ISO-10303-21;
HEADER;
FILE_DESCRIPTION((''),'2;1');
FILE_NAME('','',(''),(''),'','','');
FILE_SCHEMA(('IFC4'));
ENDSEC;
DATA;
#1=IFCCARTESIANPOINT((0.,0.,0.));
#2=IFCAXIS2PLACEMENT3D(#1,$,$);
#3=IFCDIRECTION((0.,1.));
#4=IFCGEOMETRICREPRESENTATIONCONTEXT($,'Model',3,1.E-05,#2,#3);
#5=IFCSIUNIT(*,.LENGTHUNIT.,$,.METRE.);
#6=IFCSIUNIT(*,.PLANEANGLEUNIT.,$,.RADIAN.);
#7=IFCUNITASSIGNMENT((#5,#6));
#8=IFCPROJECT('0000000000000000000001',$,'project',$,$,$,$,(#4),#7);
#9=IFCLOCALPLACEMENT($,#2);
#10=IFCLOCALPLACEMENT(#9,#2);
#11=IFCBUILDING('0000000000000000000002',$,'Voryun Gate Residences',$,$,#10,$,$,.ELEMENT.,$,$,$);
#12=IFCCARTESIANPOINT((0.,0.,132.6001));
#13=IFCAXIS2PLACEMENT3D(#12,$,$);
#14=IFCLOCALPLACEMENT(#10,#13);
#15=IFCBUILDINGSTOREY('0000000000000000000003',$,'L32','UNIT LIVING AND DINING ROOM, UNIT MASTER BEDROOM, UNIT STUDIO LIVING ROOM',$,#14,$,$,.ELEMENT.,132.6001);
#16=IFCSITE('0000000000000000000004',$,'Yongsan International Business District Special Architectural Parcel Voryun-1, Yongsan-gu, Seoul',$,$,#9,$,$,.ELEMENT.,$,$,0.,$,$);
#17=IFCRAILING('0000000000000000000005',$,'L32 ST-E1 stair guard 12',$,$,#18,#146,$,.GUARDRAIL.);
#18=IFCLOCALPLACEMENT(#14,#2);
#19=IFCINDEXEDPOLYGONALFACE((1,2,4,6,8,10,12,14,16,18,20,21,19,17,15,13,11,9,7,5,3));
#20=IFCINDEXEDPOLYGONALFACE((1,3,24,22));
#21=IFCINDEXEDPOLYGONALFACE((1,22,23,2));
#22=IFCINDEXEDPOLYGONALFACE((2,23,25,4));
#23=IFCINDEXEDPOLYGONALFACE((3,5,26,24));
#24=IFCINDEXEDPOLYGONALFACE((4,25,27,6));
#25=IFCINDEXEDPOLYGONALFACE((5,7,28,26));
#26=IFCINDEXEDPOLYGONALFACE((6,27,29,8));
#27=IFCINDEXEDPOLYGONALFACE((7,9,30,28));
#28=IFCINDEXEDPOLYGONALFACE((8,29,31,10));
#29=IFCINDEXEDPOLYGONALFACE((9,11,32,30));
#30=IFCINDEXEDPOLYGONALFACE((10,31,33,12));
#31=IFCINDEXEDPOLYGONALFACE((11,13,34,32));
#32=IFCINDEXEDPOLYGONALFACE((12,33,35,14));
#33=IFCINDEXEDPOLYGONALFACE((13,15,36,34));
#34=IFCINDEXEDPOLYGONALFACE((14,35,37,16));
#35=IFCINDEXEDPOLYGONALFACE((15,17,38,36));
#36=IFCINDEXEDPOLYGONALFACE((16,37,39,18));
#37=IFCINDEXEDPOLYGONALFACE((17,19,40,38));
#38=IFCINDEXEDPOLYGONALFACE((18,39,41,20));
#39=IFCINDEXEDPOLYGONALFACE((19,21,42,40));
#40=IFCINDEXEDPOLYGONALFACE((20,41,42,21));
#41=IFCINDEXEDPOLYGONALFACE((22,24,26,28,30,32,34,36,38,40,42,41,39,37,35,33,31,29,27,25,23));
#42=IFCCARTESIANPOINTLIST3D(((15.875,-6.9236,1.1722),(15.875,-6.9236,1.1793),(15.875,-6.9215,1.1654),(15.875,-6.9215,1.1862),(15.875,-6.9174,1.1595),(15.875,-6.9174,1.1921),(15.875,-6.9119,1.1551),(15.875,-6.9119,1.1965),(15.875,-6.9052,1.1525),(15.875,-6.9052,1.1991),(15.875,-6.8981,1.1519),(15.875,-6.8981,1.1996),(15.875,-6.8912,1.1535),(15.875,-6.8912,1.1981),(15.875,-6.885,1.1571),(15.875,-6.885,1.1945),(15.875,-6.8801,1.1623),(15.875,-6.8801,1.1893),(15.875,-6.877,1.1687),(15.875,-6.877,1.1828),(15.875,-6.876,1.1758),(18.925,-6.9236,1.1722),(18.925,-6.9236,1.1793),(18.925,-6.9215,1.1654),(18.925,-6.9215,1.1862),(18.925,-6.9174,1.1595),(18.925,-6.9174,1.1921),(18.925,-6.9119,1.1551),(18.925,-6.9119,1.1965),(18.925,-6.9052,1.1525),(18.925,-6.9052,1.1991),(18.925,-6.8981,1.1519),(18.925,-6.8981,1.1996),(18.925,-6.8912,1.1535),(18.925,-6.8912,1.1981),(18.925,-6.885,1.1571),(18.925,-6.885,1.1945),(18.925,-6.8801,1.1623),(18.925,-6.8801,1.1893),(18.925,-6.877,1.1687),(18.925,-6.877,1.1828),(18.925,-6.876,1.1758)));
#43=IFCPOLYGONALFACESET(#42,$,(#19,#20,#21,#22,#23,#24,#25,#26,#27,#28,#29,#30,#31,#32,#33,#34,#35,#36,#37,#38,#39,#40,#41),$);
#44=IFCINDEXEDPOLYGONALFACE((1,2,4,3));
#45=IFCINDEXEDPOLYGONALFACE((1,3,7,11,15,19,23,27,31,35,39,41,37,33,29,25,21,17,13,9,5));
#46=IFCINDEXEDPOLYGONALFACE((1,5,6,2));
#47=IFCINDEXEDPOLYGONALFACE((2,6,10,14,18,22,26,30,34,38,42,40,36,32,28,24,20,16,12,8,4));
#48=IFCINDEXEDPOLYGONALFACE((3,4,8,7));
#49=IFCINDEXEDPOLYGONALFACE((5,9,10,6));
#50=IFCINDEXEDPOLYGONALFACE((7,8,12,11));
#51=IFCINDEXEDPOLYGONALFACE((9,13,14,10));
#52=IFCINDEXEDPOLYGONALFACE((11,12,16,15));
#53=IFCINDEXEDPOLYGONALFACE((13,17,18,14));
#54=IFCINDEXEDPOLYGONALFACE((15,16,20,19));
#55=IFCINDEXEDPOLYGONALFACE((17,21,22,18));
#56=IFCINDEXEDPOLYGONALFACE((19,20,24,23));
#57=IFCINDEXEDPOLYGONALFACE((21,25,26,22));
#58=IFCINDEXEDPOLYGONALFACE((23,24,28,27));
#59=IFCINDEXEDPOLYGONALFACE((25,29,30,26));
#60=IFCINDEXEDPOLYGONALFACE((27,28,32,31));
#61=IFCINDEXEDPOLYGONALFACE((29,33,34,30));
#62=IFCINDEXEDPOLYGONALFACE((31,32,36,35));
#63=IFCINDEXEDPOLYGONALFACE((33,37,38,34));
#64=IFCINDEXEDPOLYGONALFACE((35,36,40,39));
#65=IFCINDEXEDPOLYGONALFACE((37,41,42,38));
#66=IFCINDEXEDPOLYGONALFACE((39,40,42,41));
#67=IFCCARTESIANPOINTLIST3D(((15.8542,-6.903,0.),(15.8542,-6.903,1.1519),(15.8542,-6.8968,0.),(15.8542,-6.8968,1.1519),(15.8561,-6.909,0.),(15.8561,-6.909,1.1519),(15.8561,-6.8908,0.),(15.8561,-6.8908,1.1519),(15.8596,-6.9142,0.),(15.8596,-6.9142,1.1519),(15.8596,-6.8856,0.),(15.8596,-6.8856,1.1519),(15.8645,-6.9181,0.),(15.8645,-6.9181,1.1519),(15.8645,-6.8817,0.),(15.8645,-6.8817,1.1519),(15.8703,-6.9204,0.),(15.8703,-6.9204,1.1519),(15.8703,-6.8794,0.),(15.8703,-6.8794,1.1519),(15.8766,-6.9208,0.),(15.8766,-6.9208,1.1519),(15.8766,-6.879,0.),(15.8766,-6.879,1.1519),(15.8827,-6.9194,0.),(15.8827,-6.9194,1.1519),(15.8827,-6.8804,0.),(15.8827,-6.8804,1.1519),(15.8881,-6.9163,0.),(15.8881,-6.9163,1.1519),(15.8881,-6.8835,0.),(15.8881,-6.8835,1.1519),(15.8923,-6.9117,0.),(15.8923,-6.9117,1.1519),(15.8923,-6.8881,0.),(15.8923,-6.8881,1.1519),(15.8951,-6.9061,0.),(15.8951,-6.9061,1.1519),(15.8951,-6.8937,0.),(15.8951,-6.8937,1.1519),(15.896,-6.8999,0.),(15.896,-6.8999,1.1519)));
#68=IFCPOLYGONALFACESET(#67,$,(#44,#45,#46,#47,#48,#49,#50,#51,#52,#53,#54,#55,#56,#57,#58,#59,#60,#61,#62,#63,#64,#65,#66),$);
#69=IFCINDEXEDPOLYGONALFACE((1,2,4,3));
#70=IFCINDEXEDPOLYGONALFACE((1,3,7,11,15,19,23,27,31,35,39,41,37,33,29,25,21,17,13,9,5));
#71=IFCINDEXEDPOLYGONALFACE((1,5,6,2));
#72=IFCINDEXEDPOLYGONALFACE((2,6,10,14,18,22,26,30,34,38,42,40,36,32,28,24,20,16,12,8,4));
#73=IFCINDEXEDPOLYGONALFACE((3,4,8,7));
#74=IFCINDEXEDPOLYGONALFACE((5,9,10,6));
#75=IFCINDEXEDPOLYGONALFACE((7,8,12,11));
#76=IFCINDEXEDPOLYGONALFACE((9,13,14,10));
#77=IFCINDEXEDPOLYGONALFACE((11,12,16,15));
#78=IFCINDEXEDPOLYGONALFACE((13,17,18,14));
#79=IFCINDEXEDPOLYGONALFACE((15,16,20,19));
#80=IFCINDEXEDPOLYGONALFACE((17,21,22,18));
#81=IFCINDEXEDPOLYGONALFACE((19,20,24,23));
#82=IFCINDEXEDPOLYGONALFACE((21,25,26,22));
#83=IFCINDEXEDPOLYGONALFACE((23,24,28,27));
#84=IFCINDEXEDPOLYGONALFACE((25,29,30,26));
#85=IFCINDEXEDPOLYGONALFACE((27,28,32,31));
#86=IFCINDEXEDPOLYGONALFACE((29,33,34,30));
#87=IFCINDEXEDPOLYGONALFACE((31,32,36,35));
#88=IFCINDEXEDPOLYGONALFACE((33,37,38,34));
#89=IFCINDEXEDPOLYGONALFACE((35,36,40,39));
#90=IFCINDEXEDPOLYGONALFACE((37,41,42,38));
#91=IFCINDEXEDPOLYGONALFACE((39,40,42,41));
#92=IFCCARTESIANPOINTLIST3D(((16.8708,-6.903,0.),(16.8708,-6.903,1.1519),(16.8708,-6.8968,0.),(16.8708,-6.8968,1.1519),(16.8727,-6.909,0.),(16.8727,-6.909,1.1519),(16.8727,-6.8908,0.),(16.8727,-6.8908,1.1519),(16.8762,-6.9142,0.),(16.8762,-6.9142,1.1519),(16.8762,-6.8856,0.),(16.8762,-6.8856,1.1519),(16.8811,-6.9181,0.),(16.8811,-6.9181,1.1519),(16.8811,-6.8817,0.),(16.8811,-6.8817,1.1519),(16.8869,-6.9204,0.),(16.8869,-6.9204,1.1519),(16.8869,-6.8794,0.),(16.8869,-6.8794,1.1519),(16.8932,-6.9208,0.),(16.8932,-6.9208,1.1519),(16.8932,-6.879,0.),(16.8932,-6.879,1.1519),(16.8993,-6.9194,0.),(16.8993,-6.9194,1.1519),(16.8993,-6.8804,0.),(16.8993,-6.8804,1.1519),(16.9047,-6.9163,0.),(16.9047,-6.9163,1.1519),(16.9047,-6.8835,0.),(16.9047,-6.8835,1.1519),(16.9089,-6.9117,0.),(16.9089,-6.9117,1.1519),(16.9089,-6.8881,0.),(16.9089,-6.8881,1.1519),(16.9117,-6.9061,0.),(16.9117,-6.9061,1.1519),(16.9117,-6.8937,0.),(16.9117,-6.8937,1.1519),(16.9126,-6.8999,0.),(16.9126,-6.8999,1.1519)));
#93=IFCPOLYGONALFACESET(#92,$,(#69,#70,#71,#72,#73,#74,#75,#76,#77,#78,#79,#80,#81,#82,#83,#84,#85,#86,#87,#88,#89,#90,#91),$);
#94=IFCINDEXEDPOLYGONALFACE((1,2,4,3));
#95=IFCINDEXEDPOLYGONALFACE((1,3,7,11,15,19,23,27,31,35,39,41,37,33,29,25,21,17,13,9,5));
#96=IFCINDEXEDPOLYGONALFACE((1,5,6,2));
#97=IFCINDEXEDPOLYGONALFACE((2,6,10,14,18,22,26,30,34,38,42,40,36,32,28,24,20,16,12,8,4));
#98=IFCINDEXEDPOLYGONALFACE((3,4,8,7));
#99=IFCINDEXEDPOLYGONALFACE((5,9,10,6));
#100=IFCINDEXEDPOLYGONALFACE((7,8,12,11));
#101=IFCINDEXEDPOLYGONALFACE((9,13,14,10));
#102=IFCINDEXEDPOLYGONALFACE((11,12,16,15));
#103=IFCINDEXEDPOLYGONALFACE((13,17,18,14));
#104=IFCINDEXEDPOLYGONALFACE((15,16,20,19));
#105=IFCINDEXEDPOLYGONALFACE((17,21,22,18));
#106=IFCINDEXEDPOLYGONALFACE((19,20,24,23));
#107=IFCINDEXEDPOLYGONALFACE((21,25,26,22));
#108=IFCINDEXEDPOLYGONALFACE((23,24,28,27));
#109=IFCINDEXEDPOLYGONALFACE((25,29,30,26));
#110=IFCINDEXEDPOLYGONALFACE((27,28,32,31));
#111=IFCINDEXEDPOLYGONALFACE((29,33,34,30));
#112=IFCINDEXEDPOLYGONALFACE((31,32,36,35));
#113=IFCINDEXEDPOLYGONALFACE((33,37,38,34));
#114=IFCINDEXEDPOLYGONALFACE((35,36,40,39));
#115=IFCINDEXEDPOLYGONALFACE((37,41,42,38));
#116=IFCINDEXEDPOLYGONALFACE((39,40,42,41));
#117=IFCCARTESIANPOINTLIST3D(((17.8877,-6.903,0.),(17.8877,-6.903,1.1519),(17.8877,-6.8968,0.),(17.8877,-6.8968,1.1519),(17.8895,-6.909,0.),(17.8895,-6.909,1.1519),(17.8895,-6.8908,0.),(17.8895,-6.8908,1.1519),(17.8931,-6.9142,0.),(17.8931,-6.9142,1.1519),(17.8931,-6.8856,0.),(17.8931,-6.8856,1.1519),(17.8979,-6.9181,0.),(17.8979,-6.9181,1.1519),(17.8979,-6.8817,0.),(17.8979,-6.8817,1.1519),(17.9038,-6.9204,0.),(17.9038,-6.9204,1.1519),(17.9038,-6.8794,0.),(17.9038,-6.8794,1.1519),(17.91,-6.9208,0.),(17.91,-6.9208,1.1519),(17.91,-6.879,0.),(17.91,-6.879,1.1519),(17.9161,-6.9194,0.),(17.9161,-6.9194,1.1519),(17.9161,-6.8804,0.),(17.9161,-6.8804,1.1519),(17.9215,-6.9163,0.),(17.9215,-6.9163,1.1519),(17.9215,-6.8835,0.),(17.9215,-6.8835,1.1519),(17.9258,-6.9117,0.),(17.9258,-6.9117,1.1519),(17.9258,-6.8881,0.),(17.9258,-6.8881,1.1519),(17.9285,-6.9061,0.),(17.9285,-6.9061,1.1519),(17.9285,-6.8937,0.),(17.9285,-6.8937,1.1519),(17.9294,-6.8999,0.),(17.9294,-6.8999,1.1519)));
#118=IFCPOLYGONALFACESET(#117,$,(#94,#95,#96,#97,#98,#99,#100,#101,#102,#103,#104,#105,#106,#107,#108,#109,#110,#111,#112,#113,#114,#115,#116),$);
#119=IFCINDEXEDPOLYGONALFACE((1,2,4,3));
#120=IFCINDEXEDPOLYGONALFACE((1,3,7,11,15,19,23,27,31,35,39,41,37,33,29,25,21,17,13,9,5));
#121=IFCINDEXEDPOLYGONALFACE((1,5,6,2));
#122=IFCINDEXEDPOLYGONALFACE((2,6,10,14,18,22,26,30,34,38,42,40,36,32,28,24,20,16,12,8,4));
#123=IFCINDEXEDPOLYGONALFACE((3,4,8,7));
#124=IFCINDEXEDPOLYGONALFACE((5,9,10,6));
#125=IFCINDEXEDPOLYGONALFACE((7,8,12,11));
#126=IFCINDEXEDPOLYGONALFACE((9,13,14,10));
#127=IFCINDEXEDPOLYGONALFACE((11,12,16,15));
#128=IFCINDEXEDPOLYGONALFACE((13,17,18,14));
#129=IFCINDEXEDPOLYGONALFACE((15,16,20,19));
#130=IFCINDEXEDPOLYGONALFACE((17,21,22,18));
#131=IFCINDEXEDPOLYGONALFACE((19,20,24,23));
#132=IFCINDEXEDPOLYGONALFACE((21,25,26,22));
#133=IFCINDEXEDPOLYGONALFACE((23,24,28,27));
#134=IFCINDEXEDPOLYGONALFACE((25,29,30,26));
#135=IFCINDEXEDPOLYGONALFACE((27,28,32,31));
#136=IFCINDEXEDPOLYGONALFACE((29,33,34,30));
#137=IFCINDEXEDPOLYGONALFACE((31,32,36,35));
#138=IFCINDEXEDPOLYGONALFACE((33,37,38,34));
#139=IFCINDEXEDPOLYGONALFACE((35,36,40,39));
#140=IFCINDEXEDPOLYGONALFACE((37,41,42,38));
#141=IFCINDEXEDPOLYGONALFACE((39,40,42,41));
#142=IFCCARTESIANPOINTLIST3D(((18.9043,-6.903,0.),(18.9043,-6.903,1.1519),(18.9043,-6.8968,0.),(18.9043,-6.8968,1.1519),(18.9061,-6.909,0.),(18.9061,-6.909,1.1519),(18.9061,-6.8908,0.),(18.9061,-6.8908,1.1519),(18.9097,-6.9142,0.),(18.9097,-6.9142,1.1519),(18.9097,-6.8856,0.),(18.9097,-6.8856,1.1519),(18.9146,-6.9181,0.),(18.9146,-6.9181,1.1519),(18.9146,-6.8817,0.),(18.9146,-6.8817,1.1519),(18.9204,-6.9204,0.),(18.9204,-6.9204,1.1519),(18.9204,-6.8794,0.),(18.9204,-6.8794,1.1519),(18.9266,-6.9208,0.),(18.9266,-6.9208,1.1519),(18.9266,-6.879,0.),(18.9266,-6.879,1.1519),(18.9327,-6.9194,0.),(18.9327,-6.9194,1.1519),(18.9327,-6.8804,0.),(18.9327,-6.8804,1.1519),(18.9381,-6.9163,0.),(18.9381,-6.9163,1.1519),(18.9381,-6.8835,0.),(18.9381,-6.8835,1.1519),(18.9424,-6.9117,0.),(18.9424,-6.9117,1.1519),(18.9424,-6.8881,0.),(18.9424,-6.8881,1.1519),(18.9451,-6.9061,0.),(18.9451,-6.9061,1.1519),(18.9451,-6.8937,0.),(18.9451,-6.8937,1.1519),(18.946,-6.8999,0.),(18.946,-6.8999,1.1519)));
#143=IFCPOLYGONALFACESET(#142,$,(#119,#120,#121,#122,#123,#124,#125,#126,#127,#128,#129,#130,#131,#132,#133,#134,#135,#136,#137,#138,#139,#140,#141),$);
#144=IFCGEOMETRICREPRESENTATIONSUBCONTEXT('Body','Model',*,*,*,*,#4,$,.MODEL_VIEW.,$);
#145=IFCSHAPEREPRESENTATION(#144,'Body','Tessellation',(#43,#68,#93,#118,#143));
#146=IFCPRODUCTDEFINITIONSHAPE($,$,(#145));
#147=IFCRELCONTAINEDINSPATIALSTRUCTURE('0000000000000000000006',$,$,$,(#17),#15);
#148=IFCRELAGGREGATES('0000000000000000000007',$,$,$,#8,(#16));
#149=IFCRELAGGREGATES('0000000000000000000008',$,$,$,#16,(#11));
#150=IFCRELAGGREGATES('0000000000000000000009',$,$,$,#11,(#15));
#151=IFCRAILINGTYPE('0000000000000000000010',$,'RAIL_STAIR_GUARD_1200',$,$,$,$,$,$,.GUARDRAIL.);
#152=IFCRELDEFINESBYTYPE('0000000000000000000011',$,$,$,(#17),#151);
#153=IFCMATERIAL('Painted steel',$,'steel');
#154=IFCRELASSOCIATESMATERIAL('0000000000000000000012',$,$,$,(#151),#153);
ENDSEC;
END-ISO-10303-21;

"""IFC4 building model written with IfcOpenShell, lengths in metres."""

from ifc_helpers import new_model, si_unit, direction, frame, origin, origin_2d, place, context, subcontext, project, spatial, circle, extrude, material, type_object, element, save


model = new_model("IFC4")

# Units and contexts
model_context = context("Model", 3, precision=1e-05, world=origin(), true_north=direction((0.0, 1.0)))
body_context = subcontext(model_context, "Body", "Model", "MODEL_VIEW")
ifc_project = project(units=[si_unit("LENGTHUNIT", "METRE"), si_unit("PLANEANGLEUNIT", "RADIAN")], contexts=[model_context])

# Site, building, storey
site_placement = place(None, origin())
site = spatial("IfcSite", under=ifc_project, at=site_placement, Name="Yongsan International Business District Special Architectural Parcel Voryun-1, Yongsan-gu, Seoul", CompositionType="ELEMENT", RefElevation=0.0)
building_placement = place(site_placement, origin())
building = spatial("IfcBuilding", under=site, at=building_placement, Name="Voryun Gate Residences", CompositionType="ELEMENT")
storey_placement = place(building_placement, frame((0.0, 0.0, 132.6001)))
storey = spatial("IfcBuildingStorey", under=building, at=storey_placement, Name="L32", Description="UNIT LIVING AND DINING ROOM, UNIT MASTER BEDROOM, UNIT STUDIO LIVING ROOM", CompositionType="ELEMENT", Elevation=132.6001)

# Railing
ifc_material_1 = material(Name="Painted steel", Category="steel")
railing_type_1 = type_object("IfcRailingType", Name="RAIL_STAIR_GUARD_1200", PredefinedType="GUARDRAIL", material=ifc_material_1)
railing_1_placement = place(storey_placement, frame((15.875, -6.8999, 0.0)))
element("IfcRailing", 1, at=railing_1_placement, inside=storey, type_object=railing_type_1, Name="L32 ST-E1 stair guard 12", PredefinedType="GUARDRAIL", context=body_context, shape_type="SweptSolid", body=[
    extrude(circle(Radius=0.0239, at=origin_2d()), frame((0.0, 0.0, 1.1758), z_axis=(1.0, 0.0, 0.0), x_axis=(0.0, 1.0, 0.0)), (0.0, 0.0, 1.0), 3.05),
    extrude(circle(Radius=0.021, at=origin_2d()), origin(), (0.0, 0.0, 1.0), 1.1519),
    extrude(circle(Radius=0.021, at=origin_2d()), frame((1.0166, 0.0, 0.0)), (0.0, 0.0, 1.0), 1.1519),
    extrude(circle(Radius=0.021, at=origin_2d()), frame((2.0334, 0.0, 0.0)), (0.0, 0.0, 1.0), 1.1519),
    extrude(circle(Radius=0.021, at=origin_2d()), frame((3.05, 0.0, 0.0)), (0.0, 0.0, 1.0), 1.1519),
])

save(model, "model.ifc")
